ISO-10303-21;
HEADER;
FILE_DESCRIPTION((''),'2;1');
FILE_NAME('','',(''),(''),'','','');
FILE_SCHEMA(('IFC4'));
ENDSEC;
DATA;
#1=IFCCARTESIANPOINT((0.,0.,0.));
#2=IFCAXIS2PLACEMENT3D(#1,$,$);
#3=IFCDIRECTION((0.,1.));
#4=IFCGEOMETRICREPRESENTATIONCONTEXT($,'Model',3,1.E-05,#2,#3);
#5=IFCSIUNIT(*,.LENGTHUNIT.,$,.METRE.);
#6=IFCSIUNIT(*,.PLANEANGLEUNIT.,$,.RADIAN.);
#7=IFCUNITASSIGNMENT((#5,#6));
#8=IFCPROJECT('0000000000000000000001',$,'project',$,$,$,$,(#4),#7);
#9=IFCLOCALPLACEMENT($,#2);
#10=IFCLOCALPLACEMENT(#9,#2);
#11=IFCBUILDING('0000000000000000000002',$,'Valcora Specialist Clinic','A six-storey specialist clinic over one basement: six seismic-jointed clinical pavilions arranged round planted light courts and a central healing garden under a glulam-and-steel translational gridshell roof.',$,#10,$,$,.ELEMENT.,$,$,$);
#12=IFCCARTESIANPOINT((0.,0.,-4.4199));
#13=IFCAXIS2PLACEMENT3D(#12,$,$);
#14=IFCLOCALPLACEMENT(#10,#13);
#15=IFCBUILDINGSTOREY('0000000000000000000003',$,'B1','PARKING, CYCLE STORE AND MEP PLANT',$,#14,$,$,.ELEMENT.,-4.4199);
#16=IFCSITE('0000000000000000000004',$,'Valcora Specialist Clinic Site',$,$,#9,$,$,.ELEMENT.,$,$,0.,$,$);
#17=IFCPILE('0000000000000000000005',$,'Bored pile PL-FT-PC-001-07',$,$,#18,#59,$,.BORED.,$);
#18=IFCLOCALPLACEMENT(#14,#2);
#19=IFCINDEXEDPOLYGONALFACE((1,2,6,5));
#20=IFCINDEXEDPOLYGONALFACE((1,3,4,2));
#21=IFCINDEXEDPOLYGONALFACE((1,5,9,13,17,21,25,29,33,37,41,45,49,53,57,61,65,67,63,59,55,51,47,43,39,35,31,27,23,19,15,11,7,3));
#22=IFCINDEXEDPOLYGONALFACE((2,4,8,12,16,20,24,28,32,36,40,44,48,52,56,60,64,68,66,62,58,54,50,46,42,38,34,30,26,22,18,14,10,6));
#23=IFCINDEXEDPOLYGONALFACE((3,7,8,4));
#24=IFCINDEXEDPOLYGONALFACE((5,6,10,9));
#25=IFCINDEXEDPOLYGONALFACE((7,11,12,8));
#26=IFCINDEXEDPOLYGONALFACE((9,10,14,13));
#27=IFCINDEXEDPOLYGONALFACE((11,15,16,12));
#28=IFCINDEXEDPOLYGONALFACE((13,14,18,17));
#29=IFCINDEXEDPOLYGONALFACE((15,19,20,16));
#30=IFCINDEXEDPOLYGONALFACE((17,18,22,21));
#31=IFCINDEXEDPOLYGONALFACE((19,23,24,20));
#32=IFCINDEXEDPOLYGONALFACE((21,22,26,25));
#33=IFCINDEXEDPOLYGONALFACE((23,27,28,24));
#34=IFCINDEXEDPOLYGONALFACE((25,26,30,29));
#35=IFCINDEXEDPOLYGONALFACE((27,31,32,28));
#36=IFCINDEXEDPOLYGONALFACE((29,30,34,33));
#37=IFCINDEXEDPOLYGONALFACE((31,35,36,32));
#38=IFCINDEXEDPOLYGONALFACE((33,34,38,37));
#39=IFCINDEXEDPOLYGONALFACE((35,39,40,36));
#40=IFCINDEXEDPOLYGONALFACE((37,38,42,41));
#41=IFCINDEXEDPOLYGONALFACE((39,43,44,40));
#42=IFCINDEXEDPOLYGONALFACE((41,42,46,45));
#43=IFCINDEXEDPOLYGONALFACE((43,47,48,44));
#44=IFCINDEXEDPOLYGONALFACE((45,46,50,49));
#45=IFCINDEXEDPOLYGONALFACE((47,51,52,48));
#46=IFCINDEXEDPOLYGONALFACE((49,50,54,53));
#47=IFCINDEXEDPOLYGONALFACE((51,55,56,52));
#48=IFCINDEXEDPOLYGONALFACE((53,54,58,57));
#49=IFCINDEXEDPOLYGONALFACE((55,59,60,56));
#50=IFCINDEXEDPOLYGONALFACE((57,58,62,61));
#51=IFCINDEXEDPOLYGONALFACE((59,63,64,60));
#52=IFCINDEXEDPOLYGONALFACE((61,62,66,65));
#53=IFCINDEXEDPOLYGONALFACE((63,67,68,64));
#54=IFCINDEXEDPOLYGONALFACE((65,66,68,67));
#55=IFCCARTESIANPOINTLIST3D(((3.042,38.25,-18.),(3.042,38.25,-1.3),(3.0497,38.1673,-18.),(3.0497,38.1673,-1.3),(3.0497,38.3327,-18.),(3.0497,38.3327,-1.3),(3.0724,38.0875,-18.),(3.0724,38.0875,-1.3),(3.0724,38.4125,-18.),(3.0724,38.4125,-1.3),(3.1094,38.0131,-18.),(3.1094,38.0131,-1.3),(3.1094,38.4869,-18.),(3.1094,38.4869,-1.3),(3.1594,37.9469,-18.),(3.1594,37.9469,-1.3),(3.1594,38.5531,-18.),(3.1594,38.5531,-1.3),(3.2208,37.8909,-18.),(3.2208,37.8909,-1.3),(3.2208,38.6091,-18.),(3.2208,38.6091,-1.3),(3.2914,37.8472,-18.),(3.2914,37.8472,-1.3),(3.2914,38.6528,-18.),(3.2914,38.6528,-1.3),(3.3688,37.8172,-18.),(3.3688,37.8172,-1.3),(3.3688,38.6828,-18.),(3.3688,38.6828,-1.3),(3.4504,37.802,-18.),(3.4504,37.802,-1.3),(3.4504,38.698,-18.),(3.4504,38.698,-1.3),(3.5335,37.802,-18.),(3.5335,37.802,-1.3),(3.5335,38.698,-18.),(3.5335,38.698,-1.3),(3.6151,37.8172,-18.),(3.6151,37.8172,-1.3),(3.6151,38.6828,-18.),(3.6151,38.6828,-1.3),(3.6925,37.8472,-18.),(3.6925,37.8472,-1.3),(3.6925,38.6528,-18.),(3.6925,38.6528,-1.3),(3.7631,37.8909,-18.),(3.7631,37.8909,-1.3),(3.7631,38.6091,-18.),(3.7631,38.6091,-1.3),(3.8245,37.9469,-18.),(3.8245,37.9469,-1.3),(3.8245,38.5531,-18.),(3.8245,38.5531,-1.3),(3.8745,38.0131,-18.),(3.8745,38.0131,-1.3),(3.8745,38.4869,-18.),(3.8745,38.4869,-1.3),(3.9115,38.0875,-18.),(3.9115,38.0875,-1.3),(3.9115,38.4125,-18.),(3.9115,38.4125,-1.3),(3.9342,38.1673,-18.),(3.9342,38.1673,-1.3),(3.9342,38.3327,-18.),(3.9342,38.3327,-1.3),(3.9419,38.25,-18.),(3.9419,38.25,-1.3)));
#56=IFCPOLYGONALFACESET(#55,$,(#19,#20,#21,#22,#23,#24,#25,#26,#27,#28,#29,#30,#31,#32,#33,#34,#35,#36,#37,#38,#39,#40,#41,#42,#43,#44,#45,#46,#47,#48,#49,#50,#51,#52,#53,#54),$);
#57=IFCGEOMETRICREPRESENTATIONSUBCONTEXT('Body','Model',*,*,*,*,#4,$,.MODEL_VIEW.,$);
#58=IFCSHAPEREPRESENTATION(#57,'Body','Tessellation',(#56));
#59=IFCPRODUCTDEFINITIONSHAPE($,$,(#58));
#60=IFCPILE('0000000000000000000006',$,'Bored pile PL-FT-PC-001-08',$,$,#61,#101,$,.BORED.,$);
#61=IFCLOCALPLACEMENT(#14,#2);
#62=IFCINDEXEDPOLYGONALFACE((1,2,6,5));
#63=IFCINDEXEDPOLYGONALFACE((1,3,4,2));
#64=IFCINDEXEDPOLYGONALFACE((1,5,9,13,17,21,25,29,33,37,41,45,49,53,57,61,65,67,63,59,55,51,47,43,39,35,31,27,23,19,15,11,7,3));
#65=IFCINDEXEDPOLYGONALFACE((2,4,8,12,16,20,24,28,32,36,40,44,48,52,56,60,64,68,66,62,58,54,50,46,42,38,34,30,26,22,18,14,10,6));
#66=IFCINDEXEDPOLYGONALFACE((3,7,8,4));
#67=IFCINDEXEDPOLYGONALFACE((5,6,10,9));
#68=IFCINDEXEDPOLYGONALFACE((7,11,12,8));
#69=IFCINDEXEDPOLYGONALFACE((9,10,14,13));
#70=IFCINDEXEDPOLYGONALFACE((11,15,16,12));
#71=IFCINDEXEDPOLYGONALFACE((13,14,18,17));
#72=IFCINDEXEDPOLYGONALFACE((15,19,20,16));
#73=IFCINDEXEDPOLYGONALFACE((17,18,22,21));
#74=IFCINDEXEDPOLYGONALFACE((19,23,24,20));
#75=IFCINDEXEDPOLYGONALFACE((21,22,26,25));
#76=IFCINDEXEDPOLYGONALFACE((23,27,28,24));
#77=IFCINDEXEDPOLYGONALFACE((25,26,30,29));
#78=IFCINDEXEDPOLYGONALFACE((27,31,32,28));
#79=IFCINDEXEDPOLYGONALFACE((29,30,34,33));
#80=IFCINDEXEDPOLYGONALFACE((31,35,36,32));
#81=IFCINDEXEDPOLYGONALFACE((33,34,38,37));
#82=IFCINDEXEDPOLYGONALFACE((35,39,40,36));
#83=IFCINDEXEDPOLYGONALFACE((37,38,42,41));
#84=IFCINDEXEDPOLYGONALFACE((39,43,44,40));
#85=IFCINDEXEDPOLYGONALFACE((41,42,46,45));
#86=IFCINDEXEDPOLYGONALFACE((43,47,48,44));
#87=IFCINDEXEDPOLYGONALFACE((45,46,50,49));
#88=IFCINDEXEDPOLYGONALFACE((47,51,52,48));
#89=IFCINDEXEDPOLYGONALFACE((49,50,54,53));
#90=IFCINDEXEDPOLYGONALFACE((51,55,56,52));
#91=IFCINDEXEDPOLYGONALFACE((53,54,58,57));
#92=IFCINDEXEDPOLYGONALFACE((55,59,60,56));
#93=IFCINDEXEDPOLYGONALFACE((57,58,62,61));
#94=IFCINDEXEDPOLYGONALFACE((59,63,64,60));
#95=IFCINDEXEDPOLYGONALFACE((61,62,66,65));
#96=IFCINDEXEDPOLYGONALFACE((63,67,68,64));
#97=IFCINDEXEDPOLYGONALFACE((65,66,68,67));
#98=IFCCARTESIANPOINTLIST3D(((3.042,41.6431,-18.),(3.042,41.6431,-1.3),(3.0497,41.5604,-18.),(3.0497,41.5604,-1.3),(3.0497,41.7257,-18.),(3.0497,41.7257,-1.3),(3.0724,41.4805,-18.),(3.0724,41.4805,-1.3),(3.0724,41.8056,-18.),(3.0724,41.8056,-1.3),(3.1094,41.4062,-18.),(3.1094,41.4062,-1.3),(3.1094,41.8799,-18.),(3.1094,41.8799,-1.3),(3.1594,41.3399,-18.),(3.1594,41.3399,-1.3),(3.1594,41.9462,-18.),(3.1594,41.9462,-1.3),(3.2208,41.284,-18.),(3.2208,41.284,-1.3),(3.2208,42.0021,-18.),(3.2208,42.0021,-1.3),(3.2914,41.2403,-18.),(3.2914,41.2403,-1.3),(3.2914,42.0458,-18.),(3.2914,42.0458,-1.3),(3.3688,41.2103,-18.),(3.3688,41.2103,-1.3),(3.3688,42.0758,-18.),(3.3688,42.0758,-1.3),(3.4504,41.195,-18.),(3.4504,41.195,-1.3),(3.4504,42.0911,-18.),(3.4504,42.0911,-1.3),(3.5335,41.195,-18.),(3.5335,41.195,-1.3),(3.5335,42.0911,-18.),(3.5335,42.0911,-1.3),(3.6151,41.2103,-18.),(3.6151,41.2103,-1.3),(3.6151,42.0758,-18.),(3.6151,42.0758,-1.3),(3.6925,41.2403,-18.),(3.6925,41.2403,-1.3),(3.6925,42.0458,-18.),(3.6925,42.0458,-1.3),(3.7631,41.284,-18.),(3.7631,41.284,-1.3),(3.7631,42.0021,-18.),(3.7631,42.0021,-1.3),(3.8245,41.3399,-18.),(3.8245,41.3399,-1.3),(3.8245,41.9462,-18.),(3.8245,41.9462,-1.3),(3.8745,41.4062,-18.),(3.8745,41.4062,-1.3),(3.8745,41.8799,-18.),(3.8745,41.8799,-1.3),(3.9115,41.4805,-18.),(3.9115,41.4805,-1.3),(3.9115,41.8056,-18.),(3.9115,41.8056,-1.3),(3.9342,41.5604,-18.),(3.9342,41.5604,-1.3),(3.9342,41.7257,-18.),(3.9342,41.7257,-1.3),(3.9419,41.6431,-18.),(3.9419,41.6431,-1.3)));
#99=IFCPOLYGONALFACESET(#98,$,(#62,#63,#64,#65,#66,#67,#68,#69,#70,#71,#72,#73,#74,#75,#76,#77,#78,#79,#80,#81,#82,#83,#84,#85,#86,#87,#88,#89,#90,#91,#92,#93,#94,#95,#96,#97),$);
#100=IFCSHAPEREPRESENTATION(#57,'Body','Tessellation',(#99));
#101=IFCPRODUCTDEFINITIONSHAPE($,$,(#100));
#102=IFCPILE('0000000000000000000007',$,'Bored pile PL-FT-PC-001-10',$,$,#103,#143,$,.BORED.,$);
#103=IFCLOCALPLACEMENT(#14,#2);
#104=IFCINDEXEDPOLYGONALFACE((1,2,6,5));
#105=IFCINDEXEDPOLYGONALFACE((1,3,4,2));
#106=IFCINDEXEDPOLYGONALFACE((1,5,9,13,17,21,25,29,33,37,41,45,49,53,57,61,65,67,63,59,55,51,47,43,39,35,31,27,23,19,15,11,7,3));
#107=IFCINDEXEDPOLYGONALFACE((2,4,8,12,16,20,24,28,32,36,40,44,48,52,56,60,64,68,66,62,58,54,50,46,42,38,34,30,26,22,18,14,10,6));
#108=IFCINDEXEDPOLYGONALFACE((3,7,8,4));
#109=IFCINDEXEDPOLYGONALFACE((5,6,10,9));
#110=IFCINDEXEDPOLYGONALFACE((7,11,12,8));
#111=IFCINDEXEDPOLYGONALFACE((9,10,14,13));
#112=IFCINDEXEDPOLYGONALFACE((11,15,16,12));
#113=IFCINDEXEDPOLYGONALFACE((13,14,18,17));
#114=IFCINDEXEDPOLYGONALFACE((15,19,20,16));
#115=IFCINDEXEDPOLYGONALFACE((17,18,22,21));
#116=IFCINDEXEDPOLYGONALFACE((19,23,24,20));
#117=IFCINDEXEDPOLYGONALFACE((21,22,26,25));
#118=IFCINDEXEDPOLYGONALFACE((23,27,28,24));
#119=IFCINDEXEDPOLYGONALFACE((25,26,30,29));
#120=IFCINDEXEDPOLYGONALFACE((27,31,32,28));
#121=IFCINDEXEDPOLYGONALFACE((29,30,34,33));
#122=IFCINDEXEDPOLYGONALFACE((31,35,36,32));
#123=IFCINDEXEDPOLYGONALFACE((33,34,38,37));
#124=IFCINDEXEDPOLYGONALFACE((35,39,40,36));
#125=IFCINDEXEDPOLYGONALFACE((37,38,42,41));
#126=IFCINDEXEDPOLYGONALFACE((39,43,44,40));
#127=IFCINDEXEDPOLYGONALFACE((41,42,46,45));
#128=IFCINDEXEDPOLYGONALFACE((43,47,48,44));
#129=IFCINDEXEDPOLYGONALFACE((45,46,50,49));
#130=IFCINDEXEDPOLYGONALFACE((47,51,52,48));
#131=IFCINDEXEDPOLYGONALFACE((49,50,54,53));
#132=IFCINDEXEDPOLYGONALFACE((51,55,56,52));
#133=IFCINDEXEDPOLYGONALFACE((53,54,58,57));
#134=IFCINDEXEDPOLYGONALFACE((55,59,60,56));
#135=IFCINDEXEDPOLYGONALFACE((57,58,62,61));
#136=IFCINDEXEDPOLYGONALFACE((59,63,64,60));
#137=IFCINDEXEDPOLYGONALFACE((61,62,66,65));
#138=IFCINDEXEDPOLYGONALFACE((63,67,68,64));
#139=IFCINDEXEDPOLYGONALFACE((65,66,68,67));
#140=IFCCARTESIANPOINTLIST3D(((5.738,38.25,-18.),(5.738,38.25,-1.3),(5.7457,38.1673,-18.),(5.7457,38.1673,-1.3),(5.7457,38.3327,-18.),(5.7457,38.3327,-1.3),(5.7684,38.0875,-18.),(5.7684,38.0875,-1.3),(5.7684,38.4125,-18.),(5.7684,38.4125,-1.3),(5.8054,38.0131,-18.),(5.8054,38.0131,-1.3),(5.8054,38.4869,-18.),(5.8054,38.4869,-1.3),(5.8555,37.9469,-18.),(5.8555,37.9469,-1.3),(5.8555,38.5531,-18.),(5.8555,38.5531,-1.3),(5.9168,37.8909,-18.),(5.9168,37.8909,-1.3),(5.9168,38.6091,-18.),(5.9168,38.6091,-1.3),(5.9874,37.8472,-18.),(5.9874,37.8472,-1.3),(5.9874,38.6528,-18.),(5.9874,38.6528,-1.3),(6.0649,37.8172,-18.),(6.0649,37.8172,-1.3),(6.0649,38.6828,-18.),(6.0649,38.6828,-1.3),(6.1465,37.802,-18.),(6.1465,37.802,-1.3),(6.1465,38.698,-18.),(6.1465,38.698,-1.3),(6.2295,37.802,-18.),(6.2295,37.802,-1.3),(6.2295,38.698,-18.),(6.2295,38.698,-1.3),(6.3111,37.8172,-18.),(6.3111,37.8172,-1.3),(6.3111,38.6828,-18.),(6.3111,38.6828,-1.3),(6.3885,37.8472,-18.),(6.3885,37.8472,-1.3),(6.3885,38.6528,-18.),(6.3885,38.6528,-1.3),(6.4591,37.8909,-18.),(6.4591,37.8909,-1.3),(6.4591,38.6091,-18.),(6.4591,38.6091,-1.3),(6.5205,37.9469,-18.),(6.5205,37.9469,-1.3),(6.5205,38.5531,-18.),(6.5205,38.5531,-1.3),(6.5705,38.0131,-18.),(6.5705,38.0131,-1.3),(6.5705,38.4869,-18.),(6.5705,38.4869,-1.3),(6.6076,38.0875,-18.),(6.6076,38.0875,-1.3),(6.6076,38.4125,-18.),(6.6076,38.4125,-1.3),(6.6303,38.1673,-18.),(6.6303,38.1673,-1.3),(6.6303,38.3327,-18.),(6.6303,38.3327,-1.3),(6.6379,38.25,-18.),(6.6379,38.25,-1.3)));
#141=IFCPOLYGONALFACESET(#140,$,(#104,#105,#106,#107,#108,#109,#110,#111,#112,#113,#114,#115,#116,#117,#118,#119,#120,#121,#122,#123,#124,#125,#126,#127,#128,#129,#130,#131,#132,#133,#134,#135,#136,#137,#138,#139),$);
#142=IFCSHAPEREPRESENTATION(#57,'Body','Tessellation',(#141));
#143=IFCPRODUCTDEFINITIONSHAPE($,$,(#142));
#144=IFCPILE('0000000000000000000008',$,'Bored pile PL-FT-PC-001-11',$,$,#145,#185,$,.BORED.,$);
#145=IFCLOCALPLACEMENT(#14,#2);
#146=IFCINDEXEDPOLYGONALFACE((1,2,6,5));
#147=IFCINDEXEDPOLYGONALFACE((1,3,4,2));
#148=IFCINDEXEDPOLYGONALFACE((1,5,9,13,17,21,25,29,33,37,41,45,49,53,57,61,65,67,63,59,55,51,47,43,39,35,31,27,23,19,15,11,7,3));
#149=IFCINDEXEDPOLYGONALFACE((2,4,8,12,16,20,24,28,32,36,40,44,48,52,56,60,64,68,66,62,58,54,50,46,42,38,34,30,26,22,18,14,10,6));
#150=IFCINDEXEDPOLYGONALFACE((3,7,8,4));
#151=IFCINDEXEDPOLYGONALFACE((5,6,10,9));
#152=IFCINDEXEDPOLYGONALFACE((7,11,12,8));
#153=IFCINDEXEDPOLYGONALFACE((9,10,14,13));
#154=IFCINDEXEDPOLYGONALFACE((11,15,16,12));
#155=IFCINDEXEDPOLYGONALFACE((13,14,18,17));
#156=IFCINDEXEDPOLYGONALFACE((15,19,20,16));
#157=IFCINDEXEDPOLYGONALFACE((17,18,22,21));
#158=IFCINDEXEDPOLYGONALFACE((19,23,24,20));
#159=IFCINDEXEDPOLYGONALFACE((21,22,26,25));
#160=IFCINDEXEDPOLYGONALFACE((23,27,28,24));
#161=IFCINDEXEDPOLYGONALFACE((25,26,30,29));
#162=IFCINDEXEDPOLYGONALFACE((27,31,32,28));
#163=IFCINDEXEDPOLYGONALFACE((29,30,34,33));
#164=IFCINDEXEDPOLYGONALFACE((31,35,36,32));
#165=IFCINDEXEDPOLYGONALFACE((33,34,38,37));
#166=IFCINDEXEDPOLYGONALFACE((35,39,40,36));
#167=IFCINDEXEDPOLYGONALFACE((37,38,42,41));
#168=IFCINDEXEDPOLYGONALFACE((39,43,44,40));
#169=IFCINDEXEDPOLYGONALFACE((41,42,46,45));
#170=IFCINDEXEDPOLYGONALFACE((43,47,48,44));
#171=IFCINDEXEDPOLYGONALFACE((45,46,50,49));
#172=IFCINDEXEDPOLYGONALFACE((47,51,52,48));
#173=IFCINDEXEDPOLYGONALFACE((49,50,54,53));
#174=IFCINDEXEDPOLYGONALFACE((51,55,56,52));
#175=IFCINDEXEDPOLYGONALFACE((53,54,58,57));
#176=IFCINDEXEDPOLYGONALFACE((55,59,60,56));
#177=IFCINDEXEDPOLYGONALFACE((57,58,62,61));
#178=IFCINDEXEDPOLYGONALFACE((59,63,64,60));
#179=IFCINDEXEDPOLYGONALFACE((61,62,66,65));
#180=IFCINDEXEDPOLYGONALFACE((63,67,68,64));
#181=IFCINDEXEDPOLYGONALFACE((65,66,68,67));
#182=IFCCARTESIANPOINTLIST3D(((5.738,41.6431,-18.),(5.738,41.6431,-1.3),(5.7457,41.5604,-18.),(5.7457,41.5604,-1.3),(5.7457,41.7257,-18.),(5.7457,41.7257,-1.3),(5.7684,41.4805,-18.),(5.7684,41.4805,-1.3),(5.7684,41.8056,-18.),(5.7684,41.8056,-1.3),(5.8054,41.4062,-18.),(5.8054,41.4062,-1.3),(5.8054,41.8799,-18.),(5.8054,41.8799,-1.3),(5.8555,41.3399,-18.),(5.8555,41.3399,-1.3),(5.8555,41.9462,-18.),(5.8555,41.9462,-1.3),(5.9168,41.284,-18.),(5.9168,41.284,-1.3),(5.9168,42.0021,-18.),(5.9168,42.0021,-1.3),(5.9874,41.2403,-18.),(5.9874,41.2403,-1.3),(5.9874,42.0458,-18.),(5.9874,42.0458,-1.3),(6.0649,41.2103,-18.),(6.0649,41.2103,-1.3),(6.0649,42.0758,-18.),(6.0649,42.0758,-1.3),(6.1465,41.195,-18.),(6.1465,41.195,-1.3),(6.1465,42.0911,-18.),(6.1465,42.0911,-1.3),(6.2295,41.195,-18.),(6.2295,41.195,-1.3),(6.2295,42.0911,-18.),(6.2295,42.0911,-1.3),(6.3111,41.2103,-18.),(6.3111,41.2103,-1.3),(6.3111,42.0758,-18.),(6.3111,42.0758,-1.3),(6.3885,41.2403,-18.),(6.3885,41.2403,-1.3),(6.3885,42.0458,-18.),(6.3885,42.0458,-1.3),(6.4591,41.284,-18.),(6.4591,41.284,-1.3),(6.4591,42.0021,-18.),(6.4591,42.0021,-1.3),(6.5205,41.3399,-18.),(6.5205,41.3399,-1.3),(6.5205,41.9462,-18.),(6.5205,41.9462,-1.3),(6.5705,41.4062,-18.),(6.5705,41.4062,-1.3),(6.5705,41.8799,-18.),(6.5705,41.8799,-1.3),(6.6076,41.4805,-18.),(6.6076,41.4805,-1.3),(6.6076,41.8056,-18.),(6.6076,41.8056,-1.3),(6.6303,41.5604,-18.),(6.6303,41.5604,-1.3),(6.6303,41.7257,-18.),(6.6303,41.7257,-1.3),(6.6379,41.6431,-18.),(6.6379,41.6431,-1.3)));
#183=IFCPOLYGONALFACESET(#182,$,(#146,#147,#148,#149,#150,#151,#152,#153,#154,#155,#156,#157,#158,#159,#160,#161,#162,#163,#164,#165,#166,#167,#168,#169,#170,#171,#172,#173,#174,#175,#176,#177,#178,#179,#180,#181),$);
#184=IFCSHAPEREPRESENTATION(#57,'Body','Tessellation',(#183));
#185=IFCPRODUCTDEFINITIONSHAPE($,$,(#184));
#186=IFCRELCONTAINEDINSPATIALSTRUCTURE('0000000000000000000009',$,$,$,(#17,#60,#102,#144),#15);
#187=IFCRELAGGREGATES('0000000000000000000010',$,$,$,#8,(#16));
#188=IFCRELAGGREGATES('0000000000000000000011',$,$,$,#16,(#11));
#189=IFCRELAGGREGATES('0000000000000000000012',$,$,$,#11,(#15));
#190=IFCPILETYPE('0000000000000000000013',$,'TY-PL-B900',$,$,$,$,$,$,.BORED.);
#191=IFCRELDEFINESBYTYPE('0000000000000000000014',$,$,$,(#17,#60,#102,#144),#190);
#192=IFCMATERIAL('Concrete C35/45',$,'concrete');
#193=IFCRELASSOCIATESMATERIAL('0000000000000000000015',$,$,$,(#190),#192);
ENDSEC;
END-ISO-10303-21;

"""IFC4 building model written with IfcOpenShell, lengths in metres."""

from ifc_helpers import new_model, si_unit, direction, frame, origin, origin_2d, place, context, subcontext, project, spatial, circle, extrude, material, material_profile, profile_set, type_object, element, save


model = new_model("IFC4")

# Units and contexts
model_context = context("Model", 3, precision=1e-05, world=origin(), true_north=direction((0.0, 1.0)))
body_context = subcontext(model_context, "Body", "Model", "MODEL_VIEW")
ifc_project = project(units=[si_unit("LENGTHUNIT", "METRE"), si_unit("PLANEANGLEUNIT", "RADIAN")], contexts=[model_context])

# Site, building, storey
site_placement = place(None, origin())
site = spatial("IfcSite", under=ifc_project, at=site_placement, Name="Valcora Specialist Clinic Site", CompositionType="ELEMENT", RefElevation=0.0)
building_placement = place(site_placement, origin())
building = spatial("IfcBuilding", under=site, at=building_placement, Name="Valcora Specialist Clinic", Description="A six-storey specialist clinic over one basement: six seismic-jointed clinical pavilions arranged round planted light courts and a central healing garden under a glulam-and-steel translational gridshell roof.", CompositionType="ELEMENT")
storey_placement = place(building_placement, frame((0.0, 0.0, -4.4199)))
storey = spatial("IfcBuildingStorey", under=building, at=storey_placement, Name="B1", Description="PARKING, CYCLE STORE AND MEP PLANT", CompositionType="ELEMENT", Elevation=-4.4199)

# Piles
ifc_material_1 = material(Name="Concrete C35/45", Category="concrete")
ifc_material_profile_1 = material_profile(ifc_material_1, circle(Radius=0.45, at=origin_2d()), Name="RC-PIL-D900")
ifc_profile_set_1 = profile_set([ifc_material_profile_1], Name="Concrete C35/45")
pile_type = type_object("IfcPileType", Name="TY-PL-B900", PredefinedType="BORED", material=ifc_profile_set_1)
for number, where, z_axis, x_axis, name in (
    (1, (3.4919, 38.25, -1.3), (0.0, 0.0, -1.0), (1.0, 0.0, 0.0), "Bored pile PL-FT-PC-001-07"),
    (2, (3.4919, 41.6431, -1.3), (0.0, 0.0, -1.0), (1.0, 0.0, 0.0), "Bored pile PL-FT-PC-001-08"),
    (3, (6.188, 38.25, -1.3), (0.0, 0.0, -1.0), (1.0, 0.0, 0.0), "Bored pile PL-FT-PC-001-10"),
    (4, (6.188, 41.6431, -1.3), (0.0, 0.0, -1.0), (1.0, 0.0, 0.0), "Bored pile PL-FT-PC-001-11"),
):
    element("IfcPile", number, at=place(storey_placement, frame(where, z_axis=z_axis, x_axis=x_axis)), inside=storey, type_object=pile_type, Name=name, PredefinedType="BORED", context=body_context, shape_type="SweptSolid", body=[
        extrude(circle(Radius=0.45, at=origin_2d()), origin(), (0.0, 0.0, 1.0), 16.7),
    ])

save(model, "model.ifc")
